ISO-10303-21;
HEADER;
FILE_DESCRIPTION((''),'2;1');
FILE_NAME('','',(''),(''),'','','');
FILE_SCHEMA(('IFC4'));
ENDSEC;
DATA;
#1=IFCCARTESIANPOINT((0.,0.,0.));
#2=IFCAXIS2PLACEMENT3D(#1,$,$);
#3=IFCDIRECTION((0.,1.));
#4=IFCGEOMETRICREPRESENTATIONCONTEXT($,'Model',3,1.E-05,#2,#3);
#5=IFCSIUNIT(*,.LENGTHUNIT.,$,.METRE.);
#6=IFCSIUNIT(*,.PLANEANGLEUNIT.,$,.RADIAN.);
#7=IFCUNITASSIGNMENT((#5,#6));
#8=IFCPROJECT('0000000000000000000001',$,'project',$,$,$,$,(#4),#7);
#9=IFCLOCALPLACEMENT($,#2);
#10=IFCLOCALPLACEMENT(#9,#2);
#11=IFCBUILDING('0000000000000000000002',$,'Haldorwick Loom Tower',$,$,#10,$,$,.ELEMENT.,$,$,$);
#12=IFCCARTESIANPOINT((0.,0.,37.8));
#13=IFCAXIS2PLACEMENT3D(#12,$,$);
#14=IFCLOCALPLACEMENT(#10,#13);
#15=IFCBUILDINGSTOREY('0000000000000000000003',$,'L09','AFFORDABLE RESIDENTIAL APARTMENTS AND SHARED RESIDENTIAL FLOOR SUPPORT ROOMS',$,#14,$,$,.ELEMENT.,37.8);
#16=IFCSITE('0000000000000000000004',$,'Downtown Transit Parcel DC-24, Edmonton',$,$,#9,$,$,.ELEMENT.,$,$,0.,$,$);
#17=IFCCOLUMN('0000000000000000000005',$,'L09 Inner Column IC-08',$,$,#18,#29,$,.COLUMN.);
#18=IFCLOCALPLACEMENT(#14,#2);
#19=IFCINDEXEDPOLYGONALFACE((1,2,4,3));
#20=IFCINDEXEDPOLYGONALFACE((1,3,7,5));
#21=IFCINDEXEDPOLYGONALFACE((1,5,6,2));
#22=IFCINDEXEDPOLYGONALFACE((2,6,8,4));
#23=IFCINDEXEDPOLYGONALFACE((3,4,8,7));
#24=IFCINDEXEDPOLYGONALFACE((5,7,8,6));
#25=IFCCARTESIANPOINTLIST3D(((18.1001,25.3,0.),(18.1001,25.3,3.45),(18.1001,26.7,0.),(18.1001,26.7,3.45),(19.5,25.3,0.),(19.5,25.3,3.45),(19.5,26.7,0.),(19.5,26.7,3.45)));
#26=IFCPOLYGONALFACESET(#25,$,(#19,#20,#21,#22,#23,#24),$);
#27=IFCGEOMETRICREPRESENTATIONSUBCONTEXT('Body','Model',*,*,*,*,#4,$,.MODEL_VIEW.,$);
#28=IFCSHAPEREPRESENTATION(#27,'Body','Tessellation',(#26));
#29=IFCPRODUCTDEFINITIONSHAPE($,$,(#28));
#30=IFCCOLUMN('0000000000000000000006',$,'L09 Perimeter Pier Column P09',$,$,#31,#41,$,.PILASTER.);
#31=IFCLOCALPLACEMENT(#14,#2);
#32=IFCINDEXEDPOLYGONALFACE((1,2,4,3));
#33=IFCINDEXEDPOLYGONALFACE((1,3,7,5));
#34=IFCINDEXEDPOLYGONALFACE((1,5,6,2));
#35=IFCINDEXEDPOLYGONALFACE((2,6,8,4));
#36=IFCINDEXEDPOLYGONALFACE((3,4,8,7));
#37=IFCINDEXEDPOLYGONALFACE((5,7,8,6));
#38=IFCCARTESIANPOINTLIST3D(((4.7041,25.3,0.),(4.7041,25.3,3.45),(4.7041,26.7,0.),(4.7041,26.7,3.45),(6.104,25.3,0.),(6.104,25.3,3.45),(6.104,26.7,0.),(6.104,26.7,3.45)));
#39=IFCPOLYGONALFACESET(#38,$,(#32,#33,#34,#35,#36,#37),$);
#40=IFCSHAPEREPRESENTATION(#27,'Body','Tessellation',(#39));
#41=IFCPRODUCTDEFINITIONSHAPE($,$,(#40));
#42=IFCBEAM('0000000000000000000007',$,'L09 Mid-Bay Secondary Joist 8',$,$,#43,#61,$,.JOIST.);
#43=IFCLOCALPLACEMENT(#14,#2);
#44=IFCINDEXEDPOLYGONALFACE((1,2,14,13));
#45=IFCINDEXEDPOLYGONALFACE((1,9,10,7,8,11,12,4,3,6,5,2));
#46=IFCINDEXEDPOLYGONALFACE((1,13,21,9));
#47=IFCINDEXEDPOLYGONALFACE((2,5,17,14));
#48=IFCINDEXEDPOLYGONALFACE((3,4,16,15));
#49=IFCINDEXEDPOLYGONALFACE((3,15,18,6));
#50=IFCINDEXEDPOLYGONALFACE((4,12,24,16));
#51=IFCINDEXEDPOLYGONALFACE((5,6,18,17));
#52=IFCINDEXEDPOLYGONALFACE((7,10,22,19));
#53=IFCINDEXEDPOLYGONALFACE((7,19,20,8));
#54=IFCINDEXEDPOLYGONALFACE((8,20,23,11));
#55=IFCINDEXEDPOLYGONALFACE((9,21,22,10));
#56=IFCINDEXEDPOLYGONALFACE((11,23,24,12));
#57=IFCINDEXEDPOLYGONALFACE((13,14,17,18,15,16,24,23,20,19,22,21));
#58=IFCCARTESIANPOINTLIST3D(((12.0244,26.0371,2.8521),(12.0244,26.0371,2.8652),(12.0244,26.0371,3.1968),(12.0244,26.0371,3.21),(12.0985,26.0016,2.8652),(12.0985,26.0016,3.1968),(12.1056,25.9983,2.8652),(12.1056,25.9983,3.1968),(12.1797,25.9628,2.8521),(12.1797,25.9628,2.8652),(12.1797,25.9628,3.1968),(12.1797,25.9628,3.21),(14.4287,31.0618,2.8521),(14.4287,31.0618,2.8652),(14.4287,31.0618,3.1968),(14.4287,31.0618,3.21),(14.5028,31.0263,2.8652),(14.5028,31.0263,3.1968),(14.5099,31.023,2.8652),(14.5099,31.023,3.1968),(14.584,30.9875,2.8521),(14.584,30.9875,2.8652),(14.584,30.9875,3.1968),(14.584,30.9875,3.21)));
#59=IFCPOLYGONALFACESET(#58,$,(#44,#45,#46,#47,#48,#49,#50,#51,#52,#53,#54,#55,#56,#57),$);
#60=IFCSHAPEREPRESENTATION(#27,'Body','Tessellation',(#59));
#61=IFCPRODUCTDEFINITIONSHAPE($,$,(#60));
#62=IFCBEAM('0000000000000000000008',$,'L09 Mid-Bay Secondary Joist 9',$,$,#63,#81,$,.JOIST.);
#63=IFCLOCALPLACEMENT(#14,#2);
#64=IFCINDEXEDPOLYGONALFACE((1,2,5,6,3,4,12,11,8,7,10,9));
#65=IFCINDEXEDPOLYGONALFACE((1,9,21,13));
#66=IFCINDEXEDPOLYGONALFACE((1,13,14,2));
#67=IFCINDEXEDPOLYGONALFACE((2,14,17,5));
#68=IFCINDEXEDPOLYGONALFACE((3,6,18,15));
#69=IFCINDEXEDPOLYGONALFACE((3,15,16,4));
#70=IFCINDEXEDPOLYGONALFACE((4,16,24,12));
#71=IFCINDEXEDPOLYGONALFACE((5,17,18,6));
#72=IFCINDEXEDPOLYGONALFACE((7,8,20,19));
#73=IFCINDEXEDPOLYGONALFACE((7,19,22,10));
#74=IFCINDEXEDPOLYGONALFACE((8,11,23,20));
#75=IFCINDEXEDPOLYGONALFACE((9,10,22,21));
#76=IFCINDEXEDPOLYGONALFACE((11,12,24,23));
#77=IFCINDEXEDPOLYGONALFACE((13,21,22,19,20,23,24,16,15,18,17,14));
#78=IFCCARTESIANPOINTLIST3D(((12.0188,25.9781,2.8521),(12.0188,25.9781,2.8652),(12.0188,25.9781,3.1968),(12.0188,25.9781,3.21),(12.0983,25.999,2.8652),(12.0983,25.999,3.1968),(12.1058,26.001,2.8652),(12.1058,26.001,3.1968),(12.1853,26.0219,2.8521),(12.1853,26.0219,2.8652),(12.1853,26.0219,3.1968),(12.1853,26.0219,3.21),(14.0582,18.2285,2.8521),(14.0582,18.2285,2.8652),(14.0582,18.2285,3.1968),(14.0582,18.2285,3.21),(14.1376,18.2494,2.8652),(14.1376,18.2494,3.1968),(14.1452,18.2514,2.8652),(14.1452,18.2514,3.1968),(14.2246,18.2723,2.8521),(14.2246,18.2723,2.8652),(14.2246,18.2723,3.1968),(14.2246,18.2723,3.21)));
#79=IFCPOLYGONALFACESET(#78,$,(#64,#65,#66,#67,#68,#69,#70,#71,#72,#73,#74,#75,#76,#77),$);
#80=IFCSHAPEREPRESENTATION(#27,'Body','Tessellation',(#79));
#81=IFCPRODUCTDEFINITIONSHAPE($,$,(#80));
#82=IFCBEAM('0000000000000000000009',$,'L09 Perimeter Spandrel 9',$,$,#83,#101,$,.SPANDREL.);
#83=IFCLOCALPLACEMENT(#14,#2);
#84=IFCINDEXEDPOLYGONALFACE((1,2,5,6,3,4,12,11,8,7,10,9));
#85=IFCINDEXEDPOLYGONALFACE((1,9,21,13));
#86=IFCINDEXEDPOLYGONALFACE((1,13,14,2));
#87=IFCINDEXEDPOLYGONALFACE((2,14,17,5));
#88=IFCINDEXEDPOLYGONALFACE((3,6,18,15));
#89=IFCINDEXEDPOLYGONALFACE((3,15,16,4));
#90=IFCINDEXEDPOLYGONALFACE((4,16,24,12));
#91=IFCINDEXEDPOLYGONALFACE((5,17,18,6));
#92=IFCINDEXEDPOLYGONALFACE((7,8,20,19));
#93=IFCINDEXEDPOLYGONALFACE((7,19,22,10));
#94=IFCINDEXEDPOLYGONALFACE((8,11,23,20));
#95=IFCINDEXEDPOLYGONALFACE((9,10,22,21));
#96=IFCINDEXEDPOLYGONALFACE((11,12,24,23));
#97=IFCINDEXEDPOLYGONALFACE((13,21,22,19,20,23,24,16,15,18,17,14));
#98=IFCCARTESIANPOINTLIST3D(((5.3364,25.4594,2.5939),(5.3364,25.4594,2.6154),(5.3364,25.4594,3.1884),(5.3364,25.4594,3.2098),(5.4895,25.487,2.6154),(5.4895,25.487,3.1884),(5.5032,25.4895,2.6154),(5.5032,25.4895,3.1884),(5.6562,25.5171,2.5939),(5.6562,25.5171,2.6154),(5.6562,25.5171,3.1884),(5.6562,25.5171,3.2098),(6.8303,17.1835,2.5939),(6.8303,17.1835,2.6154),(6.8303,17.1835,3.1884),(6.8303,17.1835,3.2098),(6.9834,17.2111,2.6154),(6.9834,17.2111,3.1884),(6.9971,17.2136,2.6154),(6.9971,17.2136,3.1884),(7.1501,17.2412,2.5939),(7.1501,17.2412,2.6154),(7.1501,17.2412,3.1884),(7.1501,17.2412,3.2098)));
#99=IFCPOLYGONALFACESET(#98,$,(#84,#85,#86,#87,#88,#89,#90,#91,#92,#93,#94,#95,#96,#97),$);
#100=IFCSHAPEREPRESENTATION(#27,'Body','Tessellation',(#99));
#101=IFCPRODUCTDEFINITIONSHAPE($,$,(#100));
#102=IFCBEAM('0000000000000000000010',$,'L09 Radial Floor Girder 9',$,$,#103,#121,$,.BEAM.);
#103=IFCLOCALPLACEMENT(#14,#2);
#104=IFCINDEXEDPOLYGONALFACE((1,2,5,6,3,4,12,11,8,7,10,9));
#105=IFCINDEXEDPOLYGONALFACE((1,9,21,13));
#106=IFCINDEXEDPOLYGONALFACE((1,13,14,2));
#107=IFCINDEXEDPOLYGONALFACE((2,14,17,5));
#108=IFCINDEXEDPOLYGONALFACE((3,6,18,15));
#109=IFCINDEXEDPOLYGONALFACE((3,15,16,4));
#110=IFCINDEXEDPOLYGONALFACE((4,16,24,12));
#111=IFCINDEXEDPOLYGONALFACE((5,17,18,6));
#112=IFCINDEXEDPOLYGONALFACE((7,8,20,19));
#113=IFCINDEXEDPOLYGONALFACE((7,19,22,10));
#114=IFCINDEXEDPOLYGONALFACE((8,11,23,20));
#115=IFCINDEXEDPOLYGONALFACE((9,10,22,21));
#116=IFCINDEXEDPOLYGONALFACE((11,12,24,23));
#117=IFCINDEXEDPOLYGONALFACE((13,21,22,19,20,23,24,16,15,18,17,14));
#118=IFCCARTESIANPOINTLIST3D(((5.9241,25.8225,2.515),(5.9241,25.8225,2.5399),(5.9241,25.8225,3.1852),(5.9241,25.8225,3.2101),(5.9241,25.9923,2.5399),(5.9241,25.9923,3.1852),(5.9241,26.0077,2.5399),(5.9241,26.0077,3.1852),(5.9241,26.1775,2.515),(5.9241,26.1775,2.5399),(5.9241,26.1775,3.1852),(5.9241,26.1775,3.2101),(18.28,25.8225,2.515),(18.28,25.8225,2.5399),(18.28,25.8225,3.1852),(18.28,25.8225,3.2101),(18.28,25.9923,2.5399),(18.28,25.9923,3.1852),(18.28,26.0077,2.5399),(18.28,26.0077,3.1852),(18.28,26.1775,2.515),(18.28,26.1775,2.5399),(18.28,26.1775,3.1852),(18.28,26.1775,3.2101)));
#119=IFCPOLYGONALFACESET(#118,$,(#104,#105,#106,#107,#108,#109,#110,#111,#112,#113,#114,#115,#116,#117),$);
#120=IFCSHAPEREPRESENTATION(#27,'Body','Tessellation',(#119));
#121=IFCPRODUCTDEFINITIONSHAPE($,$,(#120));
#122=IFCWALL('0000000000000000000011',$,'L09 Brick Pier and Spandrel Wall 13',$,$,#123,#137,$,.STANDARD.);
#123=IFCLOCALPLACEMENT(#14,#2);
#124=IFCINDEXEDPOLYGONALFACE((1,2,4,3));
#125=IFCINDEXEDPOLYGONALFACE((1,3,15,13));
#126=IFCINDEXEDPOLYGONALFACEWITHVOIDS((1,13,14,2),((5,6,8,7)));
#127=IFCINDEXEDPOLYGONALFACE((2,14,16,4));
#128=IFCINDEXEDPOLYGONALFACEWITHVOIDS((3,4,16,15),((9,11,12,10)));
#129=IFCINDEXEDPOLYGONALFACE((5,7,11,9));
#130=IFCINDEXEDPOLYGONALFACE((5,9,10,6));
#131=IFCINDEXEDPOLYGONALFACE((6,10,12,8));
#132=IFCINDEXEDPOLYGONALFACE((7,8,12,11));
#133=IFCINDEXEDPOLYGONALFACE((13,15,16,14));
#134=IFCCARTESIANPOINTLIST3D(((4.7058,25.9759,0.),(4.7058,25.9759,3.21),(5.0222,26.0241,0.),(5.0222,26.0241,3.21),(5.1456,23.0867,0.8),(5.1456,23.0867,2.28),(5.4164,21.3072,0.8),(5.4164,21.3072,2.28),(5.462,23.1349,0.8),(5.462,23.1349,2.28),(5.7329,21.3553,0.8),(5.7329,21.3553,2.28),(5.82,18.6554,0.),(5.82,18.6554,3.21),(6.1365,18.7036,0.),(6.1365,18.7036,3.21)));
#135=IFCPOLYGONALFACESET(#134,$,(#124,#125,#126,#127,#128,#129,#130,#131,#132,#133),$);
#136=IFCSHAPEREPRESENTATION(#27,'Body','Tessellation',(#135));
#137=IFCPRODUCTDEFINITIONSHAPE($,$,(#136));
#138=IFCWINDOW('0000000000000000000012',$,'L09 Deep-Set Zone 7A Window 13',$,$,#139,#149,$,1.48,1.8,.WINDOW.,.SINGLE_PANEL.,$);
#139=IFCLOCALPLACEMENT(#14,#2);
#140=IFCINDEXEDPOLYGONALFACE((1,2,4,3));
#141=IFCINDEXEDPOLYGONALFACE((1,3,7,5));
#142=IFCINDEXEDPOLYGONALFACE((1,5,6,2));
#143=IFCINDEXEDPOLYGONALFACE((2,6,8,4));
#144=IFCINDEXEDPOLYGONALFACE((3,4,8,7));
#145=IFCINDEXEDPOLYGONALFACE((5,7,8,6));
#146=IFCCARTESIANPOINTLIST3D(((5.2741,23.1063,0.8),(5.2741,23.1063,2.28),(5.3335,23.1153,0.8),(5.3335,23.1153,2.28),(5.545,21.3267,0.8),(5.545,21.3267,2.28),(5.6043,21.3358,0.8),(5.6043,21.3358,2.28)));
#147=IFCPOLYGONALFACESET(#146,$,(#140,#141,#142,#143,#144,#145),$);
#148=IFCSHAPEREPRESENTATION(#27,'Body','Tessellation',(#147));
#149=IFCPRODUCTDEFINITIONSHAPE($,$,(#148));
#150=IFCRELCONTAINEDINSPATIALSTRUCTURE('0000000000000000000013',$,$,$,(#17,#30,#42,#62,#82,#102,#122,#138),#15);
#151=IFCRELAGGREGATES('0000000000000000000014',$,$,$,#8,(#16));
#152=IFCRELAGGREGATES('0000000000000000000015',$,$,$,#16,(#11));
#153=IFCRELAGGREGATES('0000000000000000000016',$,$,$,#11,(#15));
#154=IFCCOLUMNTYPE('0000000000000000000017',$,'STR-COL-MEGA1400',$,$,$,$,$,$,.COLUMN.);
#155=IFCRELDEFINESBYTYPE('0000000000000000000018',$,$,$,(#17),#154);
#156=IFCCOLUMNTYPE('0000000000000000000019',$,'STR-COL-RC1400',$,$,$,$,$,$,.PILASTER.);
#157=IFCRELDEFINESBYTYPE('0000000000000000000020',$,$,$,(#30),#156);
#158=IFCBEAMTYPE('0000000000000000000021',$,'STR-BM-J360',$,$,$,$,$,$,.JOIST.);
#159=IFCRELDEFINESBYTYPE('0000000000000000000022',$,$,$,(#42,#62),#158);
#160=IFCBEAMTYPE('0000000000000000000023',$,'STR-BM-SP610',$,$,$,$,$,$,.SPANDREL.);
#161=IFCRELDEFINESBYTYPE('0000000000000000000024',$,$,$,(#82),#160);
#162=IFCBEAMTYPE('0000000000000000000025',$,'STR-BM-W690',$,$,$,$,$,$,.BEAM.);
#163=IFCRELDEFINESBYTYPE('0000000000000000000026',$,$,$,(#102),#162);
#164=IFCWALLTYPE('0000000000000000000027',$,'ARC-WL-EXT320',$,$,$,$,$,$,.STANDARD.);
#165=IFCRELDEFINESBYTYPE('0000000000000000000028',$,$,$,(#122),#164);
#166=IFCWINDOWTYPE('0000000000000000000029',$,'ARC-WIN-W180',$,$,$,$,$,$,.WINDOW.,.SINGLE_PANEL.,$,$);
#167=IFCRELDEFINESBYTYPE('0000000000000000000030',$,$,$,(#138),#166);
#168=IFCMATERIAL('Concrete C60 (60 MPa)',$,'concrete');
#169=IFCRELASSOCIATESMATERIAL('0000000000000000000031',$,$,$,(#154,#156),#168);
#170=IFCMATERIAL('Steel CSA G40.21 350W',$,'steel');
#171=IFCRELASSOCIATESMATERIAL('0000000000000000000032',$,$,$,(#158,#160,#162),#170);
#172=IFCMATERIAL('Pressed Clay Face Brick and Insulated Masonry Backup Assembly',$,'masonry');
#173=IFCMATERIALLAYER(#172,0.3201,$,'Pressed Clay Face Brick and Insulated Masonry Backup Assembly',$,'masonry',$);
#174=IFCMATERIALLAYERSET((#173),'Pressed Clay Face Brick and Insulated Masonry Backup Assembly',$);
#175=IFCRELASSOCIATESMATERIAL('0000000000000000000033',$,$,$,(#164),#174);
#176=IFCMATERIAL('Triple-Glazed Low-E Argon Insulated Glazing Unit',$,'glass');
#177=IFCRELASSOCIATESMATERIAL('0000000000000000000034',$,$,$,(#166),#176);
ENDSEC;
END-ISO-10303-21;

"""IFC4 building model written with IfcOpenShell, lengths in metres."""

from ifc_helpers import new_model, si_unit, direction, frame, frame_2d, origin, origin_2d, place, context, subcontext, project, spatial, rectangle, i_section, extrude, material, layer, layer_set, material_profile, profile_set, type_object, element, fill, save


model = new_model("IFC4")

# Units and contexts
model_context = context("Model", 3, precision=1e-05, world=origin(), true_north=direction((0.0, 1.0)))
body_context = subcontext(model_context, "Body", "Model", "MODEL_VIEW")
ifc_project = project(units=[si_unit("LENGTHUNIT", "METRE"), si_unit("PLANEANGLEUNIT", "RADIAN")], contexts=[model_context])

# Site, building, storey
site_placement = place(None, origin())
site = spatial("IfcSite", under=ifc_project, at=site_placement, Name="Downtown Transit Parcel DC-24, Edmonton", CompositionType="ELEMENT", RefElevation=0.0)
building_placement = place(site_placement, origin())
building = spatial("IfcBuilding", under=site, at=building_placement, Name="Haldorwick Loom Tower", CompositionType="ELEMENT")
storey_placement = place(building_placement, frame((0.0, 0.0, 37.8)))
storey = spatial("IfcBuildingStorey", under=building, at=storey_placement, Name="L09", Description="AFFORDABLE RESIDENTIAL APARTMENTS AND SHARED RESIDENTIAL FLOOR SUPPORT ROOMS", CompositionType="ELEMENT", Elevation=37.8)

# Columns
ifc_material_1 = material(Name="Concrete C60 (60 MPa)", Category="concrete")
ifc_material_profile_1 = material_profile(ifc_material_1, rectangle(XDim=1.3999, YDim=1.3999, at=origin_2d()), Name="RC1400X1400", Category="concrete")
ifc_profile_set_1 = profile_set([ifc_material_profile_1], Name="Concrete C60 (60 MPa)")
column_type_1 = type_object("IfcColumnType", Name="STR-COL-MEGA1400", PredefinedType="COLUMN", material=ifc_profile_set_1)
column_1_placement = place(storey_placement, frame((18.8, 26.0, 0.0), z_axis=(0.0, 0.0, 1.0), x_axis=(1.0, 0.0, 0.0)))
element("IfcColumn", 1, at=column_1_placement, inside=storey, type_object=column_type_1, Name="L09 Inner Column IC-08", PredefinedType="COLUMN", context=body_context, shape_type="SweptSolid", body=[
    extrude(rectangle(XDim=1.3999, YDim=1.3999, at=origin_2d()), origin(), (0.0, 0.0, 1.0), 3.45),
])
ifc_material_profile_2 = material_profile(ifc_material_1, rectangle(XDim=1.3999, YDim=1.3999, at=origin_2d()), Name="RC1400X1400", Category="concrete")
ifc_profile_set_2 = profile_set([ifc_material_profile_2], Name="Concrete C60 (60 MPa)")
column_type_2 = type_object("IfcColumnType", Name="STR-COL-RC1400", PredefinedType="PILASTER", material=ifc_profile_set_2)
column_2_placement = place(storey_placement, frame((5.4041, 26.0, 0.0), z_axis=(0.0, 0.0, 1.0), x_axis=(-1.0, 0.0, 0.0)))
element("IfcColumn", 2, at=column_2_placement, inside=storey, type_object=column_type_2, Name="L09 Perimeter Pier Column P09", PredefinedType="PILASTER", context=body_context, shape_type="SweptSolid", body=[
    extrude(rectangle(XDim=1.3999, YDim=1.3999, at=origin_2d()), origin(), (0.0, 0.0, 1.0), 3.45),
])

# Beams
ifc_material_2 = material(Name="Steel CSA G40.21 350W", Category="steel")
ifc_material_profile_3 = material_profile(ifc_material_2, i_section(OverallWidth=0.1721, OverallDepth=0.3579, WebThickness=0.0078, FlangeThickness=0.0132, at=origin_2d()), Name="W360X57", Category="steel")
ifc_profile_set_3 = profile_set([ifc_material_profile_3], Name="Steel CSA G40.21 350W")
beam_type_1 = type_object("IfcBeamType", Name="STR-BM-J360", PredefinedType="JOIST", material=ifc_profile_set_3)
beam_1_placement = place(storey_placement, frame((14.5063, 31.0247, 3.031), z_axis=(-0.431631, -0.90205, 0.0), x_axis=(0.90205, -0.431631, 0.0)))
element("IfcBeam", 3, at=beam_1_placement, inside=storey, type_object=beam_type_1, Name="L09 Mid-Bay Secondary Joist 8", PredefinedType="JOIST", context=body_context, shape_type="SweptSolid", body=[
    extrude(i_section(OverallWidth=0.1721, OverallDepth=0.3579, WebThickness=0.0078, FlangeThickness=0.0132, at=origin_2d()), origin(), (0.0, 0.0, 1.0), 5.5703),
])
beam_2_placement = place(storey_placement, frame((12.1021, 26.0, 3.031), z_axis=(0.254489, -0.967076, 0.0), x_axis=(0.967076, 0.254489, 0.0)))
element("IfcBeam", 4, at=beam_2_placement, inside=storey, type_object=beam_type_1, Name="L09 Mid-Bay Secondary Joist 9", PredefinedType="JOIST", context=body_context, shape_type="SweptSolid", body=[
    extrude(i_section(OverallWidth=0.1721, OverallDepth=0.3579, WebThickness=0.0078, FlangeThickness=0.0132, at=origin_2d()), origin(), (0.0, 0.0, 1.0), 8.0134),
])
ifc_material_profile_4 = material_profile(ifc_material_2, i_section(OverallWidth=0.325, OverallDepth=0.616, WebThickness=0.0139, FlangeThickness=0.0215, at=origin_2d()), Name="W610X174", Category="steel")
ifc_profile_set_4 = profile_set([ifc_material_profile_4], Name="Steel CSA G40.21 350W")
beam_type_2 = type_object("IfcBeamType", Name="STR-BM-SP610", PredefinedType="SPANDREL", material=ifc_profile_set_4)
beam_3_placement = place(storey_placement, frame((5.4963, 25.4883, 2.9019), z_axis=(0.177641, -0.984095, 0.0), x_axis=(0.984095, 0.177641, 0.0)))
element("IfcBeam", 5, at=beam_3_placement, inside=storey, type_object=beam_type_2, Name="L09 Perimeter Spandrel 9", PredefinedType="SPANDREL", context=body_context, shape_type="SweptSolid", body=[
    extrude(i_section(OverallWidth=0.325, OverallDepth=0.616, WebThickness=0.0139, FlangeThickness=0.0215, at=origin_2d()), origin(), (0.0, 0.0, 1.0), 8.4097),
])
ifc_material_profile_5 = material_profile(ifc_material_2, i_section(OverallWidth=0.355, OverallDepth=0.6951, WebThickness=0.0154, FlangeThickness=0.0249, at=origin_2d()), Name="W690X217", Category="steel")
ifc_profile_set_5 = profile_set([ifc_material_profile_5], Name="Steel CSA G40.21 350W")
beam_type_3 = type_object("IfcBeamType", Name="STR-BM-W690", PredefinedType="BEAM", material=ifc_profile_set_5)
beam_4_placement = place(storey_placement, frame((18.28, 26.0, 2.8625), z_axis=(-1.0, 0.0, 0.0), x_axis=(0.0, -1.0, 0.0)))
element("IfcBeam", 6, at=beam_4_placement, inside=storey, type_object=beam_type_3, Name="L09 Radial Floor Girder 9", PredefinedType="BEAM", context=body_context, shape_type="SweptSolid", body=[
    extrude(i_section(OverallWidth=0.355, OverallDepth=0.6951, WebThickness=0.0154, FlangeThickness=0.0249, at=origin_2d()), origin(), (0.0, 0.0, 1.0), 12.356),
])

# Wall, opening, window
ifc_material_3 = material(Name="Pressed Clay Face Brick and Insulated Masonry Backup Assembly", Category="masonry")
ifc_layer_1 = layer(ifc_material_3, 0.3201, Name="Pressed Clay Face Brick and Insulated Masonry Backup Assembly", Category="masonry")
ifc_layer_set_1 = layer_set([ifc_layer_1], Name="Pressed Clay Face Brick and Insulated Masonry Backup Assembly")
wall_type_1 = type_object("IfcWallType", Name="ARC-WL-EXT320", PredefinedType="STANDARD", material=ifc_layer_set_1)
wall_1_placement = place(storey_placement, frame((4.864, 26.0, 0.0), z_axis=(0.0, 0.0, 1.0), x_axis=(0.150476, -0.988614, 0.0)))
wall_1 = element("IfcWall", 7, at=wall_1_placement, inside=storey, type_object=wall_type_1, Name="L09 Brick Pier and Spandrel Wall 13", PredefinedType="STANDARD", context=body_context, shape_type="SweptSolid", body=[
    extrude(rectangle(XDim=7.4048, YDim=0.3201, at=frame_2d((3.7024, 0.0))), origin(), (0.0, 0.0, 1.0), 3.21),
])
opening_1_placement = place(wall_1_placement, frame((2.9226, 0.0, 0.8)))
opening_1 = element("IfcOpeningElement", 8, at=opening_1_placement, cuts=wall_1, PredefinedType="OPENING", context=body_context, shape_type="SweptSolid", body=[
    extrude(rectangle(XDim=1.8, YDim=1.48, at=frame_2d((0.8999, 0.74))), frame((0.0, 0.1699, 0.0), z_axis=(0.0, -1.0, 0.0), x_axis=(1.0, 0.0, 0.0)), (0.0, 0.0, 1.0), 0.3401),
])
ifc_material_4 = material(Name="Triple-Glazed Low-E Argon Insulated Glazing Unit", Category="glass")
window_type = type_object("IfcWindowType", Name="ARC-WIN-W180", PartitioningType="SINGLE_PANEL", PredefinedType="WINDOW", material=ifc_material_4)
window_placement = place(opening_1_placement, origin())
window = element("IfcWindow", 9, at=window_placement, inside=storey, type_object=window_type, Name="L09 Deep-Set Zone 7A Window 13", OverallHeight=1.48, OverallWidth=1.8, PartitioningType="SINGLE_PANEL", PredefinedType="WINDOW", context=body_context, shape_type="SweptSolid", body=[
    extrude(rectangle(XDim=1.8, YDim=1.48, at=frame_2d((0.8999, 0.74))), frame((0.0, 0.03, 0.0), z_axis=(0.0, -1.0, 0.0), x_axis=(1.0, 0.0, 0.0)), (0.0, 0.0, 1.0), 0.0601),
])
fill(opening_1, window)

save(model, "model.ifc")
